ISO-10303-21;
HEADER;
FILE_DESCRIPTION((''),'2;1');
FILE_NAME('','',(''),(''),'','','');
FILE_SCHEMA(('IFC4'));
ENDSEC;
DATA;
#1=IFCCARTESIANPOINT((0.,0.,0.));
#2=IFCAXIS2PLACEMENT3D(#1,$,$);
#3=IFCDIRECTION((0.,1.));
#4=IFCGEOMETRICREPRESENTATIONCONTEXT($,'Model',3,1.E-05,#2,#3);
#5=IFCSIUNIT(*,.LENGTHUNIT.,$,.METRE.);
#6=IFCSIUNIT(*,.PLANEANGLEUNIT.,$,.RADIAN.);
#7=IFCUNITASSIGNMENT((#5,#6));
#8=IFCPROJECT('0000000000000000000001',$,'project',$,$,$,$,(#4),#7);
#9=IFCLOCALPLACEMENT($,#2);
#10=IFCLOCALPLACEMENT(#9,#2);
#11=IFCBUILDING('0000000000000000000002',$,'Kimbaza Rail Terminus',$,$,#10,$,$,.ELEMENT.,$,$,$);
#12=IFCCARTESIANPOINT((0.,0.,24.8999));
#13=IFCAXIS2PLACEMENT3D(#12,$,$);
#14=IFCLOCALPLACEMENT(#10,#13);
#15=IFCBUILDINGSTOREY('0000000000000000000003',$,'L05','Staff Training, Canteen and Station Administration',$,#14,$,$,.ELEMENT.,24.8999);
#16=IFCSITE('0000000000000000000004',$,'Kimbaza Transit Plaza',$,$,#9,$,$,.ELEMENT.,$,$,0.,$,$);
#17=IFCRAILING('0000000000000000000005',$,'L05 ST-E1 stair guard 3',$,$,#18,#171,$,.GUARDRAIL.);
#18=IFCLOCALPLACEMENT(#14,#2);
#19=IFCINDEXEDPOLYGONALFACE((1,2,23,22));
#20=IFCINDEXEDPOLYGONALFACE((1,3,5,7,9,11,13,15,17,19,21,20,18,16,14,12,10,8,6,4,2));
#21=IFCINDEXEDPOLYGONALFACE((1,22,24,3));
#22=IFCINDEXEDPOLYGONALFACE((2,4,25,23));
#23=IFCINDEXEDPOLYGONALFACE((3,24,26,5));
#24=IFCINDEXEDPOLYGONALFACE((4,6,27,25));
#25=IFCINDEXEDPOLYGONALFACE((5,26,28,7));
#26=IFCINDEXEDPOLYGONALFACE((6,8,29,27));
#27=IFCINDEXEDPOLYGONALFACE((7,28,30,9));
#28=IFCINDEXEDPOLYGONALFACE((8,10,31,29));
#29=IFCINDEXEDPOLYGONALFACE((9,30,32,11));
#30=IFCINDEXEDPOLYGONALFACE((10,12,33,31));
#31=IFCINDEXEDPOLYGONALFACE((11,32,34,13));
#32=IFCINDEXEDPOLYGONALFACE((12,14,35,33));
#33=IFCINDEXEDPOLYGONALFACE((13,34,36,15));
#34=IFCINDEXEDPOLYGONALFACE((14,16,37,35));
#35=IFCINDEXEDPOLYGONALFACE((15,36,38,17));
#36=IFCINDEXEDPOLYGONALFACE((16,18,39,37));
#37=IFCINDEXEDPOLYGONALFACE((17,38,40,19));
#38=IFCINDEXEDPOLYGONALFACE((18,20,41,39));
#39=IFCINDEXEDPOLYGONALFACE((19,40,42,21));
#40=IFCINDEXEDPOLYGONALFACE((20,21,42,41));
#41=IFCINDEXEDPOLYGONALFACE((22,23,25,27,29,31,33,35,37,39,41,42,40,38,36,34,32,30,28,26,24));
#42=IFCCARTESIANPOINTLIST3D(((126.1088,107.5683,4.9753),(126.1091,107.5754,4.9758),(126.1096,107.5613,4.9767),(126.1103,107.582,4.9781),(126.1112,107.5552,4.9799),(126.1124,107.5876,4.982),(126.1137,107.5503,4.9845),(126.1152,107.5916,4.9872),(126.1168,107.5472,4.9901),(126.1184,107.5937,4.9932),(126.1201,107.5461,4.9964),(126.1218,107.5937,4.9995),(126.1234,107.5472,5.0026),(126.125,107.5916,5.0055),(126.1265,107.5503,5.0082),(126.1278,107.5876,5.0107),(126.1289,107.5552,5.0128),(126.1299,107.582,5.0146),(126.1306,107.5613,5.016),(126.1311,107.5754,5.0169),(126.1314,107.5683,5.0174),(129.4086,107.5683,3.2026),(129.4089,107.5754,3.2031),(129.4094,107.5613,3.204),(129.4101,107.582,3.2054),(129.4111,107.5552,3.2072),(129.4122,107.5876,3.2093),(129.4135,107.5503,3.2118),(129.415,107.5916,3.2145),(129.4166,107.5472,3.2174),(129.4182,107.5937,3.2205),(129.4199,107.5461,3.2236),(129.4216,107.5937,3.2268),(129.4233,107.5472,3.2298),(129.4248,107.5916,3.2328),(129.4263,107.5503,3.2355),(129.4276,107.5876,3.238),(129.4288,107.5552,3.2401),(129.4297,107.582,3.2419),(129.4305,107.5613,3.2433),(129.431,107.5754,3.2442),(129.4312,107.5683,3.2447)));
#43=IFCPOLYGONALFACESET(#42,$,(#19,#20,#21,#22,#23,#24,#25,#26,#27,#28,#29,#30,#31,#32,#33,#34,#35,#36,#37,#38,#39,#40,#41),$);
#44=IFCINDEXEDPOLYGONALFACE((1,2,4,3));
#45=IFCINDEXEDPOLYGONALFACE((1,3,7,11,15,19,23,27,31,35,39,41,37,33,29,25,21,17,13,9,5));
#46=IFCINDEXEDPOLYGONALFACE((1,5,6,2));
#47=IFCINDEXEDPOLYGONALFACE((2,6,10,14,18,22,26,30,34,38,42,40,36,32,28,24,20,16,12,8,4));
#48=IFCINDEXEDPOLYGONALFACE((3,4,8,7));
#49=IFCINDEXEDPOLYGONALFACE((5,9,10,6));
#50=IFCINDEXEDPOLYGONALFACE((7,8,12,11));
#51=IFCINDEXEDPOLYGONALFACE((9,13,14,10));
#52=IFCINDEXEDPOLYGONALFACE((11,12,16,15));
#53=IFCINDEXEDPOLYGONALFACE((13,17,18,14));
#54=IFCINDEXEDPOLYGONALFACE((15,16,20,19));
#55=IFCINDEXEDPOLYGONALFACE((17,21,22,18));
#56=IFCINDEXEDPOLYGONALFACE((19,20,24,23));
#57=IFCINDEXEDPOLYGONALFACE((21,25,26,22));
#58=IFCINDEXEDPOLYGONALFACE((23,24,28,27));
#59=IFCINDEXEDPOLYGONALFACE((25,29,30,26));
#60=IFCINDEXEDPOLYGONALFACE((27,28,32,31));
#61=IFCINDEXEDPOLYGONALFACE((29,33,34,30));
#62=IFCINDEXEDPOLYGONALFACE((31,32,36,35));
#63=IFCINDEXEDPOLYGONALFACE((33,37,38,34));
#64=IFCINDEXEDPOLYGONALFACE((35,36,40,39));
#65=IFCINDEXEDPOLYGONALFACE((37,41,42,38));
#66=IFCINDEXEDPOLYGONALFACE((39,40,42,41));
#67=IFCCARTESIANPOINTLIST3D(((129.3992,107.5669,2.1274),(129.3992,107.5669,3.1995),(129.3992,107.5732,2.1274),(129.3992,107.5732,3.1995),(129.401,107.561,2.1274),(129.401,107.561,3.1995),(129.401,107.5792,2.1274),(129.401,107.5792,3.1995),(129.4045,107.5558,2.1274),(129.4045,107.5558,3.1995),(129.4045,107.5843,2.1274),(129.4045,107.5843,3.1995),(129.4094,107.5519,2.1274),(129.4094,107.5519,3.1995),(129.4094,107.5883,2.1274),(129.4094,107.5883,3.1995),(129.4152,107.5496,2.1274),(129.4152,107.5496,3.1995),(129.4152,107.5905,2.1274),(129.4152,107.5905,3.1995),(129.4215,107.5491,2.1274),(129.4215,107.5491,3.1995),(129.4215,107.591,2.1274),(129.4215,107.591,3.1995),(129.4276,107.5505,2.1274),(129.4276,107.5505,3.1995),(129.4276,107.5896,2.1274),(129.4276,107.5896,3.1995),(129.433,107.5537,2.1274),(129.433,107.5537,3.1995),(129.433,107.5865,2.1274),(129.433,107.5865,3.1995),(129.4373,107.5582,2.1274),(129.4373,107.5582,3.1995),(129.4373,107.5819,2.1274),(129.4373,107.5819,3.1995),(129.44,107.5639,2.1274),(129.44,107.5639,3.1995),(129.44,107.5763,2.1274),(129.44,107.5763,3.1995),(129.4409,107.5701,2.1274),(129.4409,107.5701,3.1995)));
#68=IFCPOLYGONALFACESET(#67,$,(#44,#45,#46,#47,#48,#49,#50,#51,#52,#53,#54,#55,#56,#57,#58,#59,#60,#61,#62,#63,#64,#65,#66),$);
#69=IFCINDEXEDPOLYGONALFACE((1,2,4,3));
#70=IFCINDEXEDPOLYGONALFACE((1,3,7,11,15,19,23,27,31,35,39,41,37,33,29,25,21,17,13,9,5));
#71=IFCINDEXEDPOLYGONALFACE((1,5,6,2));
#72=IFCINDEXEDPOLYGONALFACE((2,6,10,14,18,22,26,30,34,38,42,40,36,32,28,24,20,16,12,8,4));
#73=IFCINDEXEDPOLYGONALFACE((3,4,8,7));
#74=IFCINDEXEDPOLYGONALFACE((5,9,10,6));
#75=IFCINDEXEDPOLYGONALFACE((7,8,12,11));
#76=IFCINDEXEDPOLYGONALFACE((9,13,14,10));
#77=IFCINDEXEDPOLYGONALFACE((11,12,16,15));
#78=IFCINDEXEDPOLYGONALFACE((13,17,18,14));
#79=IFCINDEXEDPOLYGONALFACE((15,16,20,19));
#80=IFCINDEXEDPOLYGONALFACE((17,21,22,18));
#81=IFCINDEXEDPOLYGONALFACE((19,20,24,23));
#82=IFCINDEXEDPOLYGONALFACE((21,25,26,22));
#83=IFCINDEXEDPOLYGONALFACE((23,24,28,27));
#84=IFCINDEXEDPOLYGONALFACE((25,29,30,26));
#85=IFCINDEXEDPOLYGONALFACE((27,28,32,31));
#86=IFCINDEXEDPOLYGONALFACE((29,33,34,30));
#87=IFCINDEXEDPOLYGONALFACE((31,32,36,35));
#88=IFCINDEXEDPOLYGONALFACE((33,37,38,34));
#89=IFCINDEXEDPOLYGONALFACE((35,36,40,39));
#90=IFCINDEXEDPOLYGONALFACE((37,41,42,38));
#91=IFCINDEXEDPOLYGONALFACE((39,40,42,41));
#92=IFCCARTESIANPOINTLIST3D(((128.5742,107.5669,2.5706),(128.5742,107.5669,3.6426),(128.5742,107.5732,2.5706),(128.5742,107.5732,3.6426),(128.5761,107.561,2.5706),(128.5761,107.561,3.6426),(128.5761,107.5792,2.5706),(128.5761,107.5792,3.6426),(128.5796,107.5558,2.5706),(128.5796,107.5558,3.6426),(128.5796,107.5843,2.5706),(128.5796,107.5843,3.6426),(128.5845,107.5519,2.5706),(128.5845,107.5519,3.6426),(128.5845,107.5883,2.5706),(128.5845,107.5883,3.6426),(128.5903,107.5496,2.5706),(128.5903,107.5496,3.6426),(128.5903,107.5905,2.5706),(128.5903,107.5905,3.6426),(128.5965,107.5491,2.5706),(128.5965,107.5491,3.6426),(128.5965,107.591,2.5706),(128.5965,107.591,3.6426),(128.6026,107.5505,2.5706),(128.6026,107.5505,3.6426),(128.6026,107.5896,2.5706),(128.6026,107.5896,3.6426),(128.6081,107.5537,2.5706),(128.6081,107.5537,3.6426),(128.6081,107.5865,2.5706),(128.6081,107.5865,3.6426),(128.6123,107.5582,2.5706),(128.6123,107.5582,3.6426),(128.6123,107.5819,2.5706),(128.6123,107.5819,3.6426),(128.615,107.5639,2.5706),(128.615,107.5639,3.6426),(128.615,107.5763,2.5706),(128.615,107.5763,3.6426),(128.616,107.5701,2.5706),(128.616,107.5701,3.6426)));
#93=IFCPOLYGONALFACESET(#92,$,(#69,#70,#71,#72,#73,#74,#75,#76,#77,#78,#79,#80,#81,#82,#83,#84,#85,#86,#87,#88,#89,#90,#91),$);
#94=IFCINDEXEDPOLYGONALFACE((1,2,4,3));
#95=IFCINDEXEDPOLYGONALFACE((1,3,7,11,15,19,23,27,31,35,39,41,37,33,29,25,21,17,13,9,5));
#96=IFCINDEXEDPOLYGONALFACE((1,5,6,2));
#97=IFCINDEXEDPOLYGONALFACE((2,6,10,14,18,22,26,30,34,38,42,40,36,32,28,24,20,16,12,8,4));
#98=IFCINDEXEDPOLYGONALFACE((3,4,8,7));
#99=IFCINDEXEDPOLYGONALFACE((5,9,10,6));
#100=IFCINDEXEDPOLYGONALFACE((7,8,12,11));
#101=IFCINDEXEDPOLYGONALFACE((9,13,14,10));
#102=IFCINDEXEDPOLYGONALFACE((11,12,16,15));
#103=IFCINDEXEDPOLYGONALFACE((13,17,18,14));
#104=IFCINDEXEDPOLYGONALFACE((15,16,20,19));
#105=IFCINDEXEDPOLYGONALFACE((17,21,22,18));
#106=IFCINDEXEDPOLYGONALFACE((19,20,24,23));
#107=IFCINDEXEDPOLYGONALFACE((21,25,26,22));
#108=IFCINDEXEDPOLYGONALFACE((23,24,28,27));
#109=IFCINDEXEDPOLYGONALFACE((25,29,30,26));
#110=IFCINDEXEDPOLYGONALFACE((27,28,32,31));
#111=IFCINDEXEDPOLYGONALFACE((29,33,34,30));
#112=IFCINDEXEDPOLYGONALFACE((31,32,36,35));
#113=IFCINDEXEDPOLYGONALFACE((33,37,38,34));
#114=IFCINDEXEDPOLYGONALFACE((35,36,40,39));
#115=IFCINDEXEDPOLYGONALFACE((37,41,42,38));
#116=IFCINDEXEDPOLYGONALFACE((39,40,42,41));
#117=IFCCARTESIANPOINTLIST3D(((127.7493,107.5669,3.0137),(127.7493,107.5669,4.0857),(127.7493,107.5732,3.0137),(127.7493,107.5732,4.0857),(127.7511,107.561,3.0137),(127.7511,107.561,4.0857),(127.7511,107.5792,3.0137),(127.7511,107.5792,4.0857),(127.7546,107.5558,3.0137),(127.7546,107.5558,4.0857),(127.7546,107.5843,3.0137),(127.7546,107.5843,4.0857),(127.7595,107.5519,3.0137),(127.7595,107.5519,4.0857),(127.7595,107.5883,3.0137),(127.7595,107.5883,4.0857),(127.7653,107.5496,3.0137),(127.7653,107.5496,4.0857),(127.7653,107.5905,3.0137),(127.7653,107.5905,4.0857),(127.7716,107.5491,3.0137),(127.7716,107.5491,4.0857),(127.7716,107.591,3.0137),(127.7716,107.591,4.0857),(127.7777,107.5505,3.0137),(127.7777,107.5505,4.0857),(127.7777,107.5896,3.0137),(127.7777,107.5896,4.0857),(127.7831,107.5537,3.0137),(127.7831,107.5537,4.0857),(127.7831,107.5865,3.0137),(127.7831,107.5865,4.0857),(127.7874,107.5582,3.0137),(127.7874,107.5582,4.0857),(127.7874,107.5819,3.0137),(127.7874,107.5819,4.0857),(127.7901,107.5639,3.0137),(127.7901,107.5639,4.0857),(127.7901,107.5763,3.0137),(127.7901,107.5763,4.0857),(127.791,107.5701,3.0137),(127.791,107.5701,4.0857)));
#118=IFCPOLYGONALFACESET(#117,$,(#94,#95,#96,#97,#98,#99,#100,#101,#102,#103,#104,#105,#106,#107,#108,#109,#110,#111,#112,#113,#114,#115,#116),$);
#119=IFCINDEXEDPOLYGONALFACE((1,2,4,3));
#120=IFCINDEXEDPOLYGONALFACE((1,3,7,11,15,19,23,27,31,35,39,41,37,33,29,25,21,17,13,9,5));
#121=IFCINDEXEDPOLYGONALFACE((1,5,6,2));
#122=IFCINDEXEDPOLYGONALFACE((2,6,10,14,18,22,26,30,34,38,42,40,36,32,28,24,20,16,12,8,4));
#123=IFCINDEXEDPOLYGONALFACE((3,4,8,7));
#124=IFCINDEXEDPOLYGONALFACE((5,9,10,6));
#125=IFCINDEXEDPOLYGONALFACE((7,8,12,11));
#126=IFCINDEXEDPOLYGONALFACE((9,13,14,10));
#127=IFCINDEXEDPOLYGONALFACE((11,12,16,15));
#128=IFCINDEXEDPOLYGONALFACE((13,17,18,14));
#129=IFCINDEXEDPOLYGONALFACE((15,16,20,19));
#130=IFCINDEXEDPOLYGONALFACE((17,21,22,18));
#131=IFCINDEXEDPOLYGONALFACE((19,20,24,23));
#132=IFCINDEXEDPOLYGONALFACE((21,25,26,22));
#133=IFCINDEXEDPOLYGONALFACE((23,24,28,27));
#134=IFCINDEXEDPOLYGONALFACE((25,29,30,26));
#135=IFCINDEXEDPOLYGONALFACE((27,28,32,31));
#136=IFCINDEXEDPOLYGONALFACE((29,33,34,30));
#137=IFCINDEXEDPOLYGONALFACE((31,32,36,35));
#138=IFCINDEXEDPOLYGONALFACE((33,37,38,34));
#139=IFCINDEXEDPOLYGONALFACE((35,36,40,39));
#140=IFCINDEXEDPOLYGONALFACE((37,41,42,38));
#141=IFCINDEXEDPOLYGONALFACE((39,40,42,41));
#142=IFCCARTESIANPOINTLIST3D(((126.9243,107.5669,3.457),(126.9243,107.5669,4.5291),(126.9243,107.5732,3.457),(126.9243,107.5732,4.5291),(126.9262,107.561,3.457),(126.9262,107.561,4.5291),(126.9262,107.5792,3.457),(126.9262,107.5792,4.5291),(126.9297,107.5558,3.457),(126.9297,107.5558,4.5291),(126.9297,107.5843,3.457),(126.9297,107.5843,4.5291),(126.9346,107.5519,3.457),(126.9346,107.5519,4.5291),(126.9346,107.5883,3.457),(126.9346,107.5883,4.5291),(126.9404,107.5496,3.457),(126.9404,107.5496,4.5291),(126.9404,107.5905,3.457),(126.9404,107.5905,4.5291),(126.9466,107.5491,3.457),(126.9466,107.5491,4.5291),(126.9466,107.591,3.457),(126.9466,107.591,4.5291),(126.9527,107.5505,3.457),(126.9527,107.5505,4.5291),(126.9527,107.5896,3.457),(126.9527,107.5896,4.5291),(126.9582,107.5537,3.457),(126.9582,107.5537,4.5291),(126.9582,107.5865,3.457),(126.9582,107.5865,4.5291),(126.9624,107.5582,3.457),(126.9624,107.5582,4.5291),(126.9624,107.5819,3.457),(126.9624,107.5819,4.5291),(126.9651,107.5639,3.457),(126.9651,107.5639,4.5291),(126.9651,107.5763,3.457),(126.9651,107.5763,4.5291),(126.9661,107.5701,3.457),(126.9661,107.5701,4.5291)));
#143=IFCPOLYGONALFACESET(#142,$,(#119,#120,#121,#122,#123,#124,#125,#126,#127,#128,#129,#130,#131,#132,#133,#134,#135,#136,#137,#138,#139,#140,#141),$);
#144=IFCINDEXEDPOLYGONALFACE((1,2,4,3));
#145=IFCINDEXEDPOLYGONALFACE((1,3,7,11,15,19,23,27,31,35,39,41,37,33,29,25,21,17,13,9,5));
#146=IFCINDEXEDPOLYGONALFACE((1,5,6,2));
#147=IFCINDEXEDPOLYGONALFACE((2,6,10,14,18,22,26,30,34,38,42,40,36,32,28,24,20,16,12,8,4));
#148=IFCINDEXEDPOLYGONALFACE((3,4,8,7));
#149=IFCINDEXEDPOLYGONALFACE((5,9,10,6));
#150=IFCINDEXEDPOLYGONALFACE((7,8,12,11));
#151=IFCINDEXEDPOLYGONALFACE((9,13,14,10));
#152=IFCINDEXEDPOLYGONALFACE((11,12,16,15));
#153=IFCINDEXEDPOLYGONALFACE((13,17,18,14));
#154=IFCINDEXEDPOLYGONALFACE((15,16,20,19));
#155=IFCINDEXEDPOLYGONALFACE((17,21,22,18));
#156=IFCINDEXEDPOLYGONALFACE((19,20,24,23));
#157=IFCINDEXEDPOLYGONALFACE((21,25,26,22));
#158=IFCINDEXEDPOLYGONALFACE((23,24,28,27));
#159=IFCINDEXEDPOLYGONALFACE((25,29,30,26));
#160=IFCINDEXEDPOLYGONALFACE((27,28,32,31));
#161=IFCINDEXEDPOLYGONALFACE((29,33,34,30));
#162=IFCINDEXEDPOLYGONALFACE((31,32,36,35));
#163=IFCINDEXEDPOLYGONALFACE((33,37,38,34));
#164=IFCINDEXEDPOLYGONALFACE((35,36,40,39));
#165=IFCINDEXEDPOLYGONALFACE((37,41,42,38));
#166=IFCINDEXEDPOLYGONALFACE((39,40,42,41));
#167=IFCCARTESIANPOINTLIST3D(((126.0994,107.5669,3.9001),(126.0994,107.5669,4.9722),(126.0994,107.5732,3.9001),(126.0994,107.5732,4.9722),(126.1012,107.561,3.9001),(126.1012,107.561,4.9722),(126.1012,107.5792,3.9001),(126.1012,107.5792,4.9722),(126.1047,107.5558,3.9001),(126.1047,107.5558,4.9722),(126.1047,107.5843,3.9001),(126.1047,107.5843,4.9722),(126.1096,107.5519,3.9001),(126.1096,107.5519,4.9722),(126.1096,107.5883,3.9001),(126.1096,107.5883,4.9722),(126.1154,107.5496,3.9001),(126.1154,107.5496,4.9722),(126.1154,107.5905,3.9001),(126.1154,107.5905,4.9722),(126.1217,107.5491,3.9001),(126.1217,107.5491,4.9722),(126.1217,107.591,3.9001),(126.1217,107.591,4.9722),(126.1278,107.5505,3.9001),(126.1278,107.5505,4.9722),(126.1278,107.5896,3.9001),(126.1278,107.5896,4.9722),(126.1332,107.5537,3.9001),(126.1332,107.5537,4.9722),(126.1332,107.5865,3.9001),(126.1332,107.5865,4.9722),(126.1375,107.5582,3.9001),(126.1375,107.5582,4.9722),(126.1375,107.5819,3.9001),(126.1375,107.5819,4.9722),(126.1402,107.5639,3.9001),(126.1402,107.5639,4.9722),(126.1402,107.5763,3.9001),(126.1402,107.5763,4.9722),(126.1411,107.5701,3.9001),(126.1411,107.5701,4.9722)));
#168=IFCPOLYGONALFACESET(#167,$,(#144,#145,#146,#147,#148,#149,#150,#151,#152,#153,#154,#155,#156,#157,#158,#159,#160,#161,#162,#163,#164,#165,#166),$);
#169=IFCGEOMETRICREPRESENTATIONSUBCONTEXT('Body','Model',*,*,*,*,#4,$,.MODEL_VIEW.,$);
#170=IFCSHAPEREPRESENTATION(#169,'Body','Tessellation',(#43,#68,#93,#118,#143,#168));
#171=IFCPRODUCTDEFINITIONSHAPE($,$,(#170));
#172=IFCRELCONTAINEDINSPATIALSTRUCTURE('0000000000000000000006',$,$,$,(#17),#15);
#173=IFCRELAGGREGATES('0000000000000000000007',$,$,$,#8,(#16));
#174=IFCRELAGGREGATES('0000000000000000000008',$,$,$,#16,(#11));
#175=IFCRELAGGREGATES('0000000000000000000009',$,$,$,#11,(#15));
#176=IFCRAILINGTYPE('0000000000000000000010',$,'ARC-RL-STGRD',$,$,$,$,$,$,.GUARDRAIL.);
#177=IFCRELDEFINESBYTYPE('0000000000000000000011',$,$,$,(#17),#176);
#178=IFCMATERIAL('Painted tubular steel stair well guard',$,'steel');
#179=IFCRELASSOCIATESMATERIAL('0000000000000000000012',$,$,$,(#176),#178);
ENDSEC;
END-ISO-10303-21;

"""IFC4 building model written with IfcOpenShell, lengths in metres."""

from ifc_helpers import new_model, si_unit, direction, frame, origin, origin_2d, place, context, subcontext, project, spatial, circle, extrude, material, type_object, element, save


model = new_model("IFC4")

# Units and contexts
model_context = context("Model", 3, precision=1e-05, world=origin(), true_north=direction((0.0, 1.0)))
body_context = subcontext(model_context, "Body", "Model", "MODEL_VIEW")
ifc_project = project(units=[si_unit("LENGTHUNIT", "METRE"), si_unit("PLANEANGLEUNIT", "RADIAN")], contexts=[model_context])

# Site, building, storey
site_placement = place(None, origin())
site = spatial("IfcSite", under=ifc_project, at=site_placement, Name="Kimbaza Transit Plaza", CompositionType="ELEMENT", RefElevation=0.0)
building_placement = place(site_placement, origin())
building = spatial("IfcBuilding", under=site, at=building_placement, Name="Kimbaza Rail Terminus", CompositionType="ELEMENT")
storey_placement = place(building_placement, frame((0.0, 0.0, 24.8999)))
storey = spatial("IfcBuildingStorey", under=building, at=storey_placement, Name="L05", Description="Staff Training, Canteen and Station Administration", CompositionType="ELEMENT", Elevation=24.8999)

# Railing
ifc_material_1 = material(Name="Painted tubular steel stair well guard", Category="steel")
railing_type_1 = type_object("IfcRailingType", Name="ARC-RL-STGRD", PredefinedType="GUARDRAIL", material=ifc_material_1)
railing_1_placement = place(storey_placement, frame((129.4199, 107.5701, 2.1274)))
element("IfcRailing", 1, at=railing_1_placement, inside=storey, type_object=railing_type_1, Name="L05 ST-E1 stair guard 3", PredefinedType="GUARDRAIL", context=body_context, shape_type="SweptSolid", body=[
    extrude(circle(Radius=0.0239, at=origin_2d()), frame((0.0, 0.0, 1.0962), z_axis=(-0.880929, 0.0, 0.473248), x_axis=(0.0, -1.0, 0.0)), (0.0, 0.0, 1.0), 3.7458),
    extrude(circle(Radius=0.021, at=origin_2d()), origin(), (0.0, 0.0, 1.0), 1.072),
    extrude(circle(Radius=0.021, at=origin_2d()), frame((-0.825, 0.0, 0.4431)), (0.0, 0.0, 1.0), 1.072),
    extrude(circle(Radius=0.021, at=origin_2d()), frame((-1.6499, 0.0, 0.8862)), (0.0, 0.0, 1.0), 1.072),
    extrude(circle(Radius=0.021, at=origin_2d()), frame((-2.4749, 0.0, 1.3296)), (0.0, 0.0, 1.0), 1.072),
    extrude(circle(Radius=0.021, at=origin_2d()), frame((-3.2998, 0.0, 1.7727)), (0.0, 0.0, 1.0), 1.072),
])

save(model, "model.ifc")
